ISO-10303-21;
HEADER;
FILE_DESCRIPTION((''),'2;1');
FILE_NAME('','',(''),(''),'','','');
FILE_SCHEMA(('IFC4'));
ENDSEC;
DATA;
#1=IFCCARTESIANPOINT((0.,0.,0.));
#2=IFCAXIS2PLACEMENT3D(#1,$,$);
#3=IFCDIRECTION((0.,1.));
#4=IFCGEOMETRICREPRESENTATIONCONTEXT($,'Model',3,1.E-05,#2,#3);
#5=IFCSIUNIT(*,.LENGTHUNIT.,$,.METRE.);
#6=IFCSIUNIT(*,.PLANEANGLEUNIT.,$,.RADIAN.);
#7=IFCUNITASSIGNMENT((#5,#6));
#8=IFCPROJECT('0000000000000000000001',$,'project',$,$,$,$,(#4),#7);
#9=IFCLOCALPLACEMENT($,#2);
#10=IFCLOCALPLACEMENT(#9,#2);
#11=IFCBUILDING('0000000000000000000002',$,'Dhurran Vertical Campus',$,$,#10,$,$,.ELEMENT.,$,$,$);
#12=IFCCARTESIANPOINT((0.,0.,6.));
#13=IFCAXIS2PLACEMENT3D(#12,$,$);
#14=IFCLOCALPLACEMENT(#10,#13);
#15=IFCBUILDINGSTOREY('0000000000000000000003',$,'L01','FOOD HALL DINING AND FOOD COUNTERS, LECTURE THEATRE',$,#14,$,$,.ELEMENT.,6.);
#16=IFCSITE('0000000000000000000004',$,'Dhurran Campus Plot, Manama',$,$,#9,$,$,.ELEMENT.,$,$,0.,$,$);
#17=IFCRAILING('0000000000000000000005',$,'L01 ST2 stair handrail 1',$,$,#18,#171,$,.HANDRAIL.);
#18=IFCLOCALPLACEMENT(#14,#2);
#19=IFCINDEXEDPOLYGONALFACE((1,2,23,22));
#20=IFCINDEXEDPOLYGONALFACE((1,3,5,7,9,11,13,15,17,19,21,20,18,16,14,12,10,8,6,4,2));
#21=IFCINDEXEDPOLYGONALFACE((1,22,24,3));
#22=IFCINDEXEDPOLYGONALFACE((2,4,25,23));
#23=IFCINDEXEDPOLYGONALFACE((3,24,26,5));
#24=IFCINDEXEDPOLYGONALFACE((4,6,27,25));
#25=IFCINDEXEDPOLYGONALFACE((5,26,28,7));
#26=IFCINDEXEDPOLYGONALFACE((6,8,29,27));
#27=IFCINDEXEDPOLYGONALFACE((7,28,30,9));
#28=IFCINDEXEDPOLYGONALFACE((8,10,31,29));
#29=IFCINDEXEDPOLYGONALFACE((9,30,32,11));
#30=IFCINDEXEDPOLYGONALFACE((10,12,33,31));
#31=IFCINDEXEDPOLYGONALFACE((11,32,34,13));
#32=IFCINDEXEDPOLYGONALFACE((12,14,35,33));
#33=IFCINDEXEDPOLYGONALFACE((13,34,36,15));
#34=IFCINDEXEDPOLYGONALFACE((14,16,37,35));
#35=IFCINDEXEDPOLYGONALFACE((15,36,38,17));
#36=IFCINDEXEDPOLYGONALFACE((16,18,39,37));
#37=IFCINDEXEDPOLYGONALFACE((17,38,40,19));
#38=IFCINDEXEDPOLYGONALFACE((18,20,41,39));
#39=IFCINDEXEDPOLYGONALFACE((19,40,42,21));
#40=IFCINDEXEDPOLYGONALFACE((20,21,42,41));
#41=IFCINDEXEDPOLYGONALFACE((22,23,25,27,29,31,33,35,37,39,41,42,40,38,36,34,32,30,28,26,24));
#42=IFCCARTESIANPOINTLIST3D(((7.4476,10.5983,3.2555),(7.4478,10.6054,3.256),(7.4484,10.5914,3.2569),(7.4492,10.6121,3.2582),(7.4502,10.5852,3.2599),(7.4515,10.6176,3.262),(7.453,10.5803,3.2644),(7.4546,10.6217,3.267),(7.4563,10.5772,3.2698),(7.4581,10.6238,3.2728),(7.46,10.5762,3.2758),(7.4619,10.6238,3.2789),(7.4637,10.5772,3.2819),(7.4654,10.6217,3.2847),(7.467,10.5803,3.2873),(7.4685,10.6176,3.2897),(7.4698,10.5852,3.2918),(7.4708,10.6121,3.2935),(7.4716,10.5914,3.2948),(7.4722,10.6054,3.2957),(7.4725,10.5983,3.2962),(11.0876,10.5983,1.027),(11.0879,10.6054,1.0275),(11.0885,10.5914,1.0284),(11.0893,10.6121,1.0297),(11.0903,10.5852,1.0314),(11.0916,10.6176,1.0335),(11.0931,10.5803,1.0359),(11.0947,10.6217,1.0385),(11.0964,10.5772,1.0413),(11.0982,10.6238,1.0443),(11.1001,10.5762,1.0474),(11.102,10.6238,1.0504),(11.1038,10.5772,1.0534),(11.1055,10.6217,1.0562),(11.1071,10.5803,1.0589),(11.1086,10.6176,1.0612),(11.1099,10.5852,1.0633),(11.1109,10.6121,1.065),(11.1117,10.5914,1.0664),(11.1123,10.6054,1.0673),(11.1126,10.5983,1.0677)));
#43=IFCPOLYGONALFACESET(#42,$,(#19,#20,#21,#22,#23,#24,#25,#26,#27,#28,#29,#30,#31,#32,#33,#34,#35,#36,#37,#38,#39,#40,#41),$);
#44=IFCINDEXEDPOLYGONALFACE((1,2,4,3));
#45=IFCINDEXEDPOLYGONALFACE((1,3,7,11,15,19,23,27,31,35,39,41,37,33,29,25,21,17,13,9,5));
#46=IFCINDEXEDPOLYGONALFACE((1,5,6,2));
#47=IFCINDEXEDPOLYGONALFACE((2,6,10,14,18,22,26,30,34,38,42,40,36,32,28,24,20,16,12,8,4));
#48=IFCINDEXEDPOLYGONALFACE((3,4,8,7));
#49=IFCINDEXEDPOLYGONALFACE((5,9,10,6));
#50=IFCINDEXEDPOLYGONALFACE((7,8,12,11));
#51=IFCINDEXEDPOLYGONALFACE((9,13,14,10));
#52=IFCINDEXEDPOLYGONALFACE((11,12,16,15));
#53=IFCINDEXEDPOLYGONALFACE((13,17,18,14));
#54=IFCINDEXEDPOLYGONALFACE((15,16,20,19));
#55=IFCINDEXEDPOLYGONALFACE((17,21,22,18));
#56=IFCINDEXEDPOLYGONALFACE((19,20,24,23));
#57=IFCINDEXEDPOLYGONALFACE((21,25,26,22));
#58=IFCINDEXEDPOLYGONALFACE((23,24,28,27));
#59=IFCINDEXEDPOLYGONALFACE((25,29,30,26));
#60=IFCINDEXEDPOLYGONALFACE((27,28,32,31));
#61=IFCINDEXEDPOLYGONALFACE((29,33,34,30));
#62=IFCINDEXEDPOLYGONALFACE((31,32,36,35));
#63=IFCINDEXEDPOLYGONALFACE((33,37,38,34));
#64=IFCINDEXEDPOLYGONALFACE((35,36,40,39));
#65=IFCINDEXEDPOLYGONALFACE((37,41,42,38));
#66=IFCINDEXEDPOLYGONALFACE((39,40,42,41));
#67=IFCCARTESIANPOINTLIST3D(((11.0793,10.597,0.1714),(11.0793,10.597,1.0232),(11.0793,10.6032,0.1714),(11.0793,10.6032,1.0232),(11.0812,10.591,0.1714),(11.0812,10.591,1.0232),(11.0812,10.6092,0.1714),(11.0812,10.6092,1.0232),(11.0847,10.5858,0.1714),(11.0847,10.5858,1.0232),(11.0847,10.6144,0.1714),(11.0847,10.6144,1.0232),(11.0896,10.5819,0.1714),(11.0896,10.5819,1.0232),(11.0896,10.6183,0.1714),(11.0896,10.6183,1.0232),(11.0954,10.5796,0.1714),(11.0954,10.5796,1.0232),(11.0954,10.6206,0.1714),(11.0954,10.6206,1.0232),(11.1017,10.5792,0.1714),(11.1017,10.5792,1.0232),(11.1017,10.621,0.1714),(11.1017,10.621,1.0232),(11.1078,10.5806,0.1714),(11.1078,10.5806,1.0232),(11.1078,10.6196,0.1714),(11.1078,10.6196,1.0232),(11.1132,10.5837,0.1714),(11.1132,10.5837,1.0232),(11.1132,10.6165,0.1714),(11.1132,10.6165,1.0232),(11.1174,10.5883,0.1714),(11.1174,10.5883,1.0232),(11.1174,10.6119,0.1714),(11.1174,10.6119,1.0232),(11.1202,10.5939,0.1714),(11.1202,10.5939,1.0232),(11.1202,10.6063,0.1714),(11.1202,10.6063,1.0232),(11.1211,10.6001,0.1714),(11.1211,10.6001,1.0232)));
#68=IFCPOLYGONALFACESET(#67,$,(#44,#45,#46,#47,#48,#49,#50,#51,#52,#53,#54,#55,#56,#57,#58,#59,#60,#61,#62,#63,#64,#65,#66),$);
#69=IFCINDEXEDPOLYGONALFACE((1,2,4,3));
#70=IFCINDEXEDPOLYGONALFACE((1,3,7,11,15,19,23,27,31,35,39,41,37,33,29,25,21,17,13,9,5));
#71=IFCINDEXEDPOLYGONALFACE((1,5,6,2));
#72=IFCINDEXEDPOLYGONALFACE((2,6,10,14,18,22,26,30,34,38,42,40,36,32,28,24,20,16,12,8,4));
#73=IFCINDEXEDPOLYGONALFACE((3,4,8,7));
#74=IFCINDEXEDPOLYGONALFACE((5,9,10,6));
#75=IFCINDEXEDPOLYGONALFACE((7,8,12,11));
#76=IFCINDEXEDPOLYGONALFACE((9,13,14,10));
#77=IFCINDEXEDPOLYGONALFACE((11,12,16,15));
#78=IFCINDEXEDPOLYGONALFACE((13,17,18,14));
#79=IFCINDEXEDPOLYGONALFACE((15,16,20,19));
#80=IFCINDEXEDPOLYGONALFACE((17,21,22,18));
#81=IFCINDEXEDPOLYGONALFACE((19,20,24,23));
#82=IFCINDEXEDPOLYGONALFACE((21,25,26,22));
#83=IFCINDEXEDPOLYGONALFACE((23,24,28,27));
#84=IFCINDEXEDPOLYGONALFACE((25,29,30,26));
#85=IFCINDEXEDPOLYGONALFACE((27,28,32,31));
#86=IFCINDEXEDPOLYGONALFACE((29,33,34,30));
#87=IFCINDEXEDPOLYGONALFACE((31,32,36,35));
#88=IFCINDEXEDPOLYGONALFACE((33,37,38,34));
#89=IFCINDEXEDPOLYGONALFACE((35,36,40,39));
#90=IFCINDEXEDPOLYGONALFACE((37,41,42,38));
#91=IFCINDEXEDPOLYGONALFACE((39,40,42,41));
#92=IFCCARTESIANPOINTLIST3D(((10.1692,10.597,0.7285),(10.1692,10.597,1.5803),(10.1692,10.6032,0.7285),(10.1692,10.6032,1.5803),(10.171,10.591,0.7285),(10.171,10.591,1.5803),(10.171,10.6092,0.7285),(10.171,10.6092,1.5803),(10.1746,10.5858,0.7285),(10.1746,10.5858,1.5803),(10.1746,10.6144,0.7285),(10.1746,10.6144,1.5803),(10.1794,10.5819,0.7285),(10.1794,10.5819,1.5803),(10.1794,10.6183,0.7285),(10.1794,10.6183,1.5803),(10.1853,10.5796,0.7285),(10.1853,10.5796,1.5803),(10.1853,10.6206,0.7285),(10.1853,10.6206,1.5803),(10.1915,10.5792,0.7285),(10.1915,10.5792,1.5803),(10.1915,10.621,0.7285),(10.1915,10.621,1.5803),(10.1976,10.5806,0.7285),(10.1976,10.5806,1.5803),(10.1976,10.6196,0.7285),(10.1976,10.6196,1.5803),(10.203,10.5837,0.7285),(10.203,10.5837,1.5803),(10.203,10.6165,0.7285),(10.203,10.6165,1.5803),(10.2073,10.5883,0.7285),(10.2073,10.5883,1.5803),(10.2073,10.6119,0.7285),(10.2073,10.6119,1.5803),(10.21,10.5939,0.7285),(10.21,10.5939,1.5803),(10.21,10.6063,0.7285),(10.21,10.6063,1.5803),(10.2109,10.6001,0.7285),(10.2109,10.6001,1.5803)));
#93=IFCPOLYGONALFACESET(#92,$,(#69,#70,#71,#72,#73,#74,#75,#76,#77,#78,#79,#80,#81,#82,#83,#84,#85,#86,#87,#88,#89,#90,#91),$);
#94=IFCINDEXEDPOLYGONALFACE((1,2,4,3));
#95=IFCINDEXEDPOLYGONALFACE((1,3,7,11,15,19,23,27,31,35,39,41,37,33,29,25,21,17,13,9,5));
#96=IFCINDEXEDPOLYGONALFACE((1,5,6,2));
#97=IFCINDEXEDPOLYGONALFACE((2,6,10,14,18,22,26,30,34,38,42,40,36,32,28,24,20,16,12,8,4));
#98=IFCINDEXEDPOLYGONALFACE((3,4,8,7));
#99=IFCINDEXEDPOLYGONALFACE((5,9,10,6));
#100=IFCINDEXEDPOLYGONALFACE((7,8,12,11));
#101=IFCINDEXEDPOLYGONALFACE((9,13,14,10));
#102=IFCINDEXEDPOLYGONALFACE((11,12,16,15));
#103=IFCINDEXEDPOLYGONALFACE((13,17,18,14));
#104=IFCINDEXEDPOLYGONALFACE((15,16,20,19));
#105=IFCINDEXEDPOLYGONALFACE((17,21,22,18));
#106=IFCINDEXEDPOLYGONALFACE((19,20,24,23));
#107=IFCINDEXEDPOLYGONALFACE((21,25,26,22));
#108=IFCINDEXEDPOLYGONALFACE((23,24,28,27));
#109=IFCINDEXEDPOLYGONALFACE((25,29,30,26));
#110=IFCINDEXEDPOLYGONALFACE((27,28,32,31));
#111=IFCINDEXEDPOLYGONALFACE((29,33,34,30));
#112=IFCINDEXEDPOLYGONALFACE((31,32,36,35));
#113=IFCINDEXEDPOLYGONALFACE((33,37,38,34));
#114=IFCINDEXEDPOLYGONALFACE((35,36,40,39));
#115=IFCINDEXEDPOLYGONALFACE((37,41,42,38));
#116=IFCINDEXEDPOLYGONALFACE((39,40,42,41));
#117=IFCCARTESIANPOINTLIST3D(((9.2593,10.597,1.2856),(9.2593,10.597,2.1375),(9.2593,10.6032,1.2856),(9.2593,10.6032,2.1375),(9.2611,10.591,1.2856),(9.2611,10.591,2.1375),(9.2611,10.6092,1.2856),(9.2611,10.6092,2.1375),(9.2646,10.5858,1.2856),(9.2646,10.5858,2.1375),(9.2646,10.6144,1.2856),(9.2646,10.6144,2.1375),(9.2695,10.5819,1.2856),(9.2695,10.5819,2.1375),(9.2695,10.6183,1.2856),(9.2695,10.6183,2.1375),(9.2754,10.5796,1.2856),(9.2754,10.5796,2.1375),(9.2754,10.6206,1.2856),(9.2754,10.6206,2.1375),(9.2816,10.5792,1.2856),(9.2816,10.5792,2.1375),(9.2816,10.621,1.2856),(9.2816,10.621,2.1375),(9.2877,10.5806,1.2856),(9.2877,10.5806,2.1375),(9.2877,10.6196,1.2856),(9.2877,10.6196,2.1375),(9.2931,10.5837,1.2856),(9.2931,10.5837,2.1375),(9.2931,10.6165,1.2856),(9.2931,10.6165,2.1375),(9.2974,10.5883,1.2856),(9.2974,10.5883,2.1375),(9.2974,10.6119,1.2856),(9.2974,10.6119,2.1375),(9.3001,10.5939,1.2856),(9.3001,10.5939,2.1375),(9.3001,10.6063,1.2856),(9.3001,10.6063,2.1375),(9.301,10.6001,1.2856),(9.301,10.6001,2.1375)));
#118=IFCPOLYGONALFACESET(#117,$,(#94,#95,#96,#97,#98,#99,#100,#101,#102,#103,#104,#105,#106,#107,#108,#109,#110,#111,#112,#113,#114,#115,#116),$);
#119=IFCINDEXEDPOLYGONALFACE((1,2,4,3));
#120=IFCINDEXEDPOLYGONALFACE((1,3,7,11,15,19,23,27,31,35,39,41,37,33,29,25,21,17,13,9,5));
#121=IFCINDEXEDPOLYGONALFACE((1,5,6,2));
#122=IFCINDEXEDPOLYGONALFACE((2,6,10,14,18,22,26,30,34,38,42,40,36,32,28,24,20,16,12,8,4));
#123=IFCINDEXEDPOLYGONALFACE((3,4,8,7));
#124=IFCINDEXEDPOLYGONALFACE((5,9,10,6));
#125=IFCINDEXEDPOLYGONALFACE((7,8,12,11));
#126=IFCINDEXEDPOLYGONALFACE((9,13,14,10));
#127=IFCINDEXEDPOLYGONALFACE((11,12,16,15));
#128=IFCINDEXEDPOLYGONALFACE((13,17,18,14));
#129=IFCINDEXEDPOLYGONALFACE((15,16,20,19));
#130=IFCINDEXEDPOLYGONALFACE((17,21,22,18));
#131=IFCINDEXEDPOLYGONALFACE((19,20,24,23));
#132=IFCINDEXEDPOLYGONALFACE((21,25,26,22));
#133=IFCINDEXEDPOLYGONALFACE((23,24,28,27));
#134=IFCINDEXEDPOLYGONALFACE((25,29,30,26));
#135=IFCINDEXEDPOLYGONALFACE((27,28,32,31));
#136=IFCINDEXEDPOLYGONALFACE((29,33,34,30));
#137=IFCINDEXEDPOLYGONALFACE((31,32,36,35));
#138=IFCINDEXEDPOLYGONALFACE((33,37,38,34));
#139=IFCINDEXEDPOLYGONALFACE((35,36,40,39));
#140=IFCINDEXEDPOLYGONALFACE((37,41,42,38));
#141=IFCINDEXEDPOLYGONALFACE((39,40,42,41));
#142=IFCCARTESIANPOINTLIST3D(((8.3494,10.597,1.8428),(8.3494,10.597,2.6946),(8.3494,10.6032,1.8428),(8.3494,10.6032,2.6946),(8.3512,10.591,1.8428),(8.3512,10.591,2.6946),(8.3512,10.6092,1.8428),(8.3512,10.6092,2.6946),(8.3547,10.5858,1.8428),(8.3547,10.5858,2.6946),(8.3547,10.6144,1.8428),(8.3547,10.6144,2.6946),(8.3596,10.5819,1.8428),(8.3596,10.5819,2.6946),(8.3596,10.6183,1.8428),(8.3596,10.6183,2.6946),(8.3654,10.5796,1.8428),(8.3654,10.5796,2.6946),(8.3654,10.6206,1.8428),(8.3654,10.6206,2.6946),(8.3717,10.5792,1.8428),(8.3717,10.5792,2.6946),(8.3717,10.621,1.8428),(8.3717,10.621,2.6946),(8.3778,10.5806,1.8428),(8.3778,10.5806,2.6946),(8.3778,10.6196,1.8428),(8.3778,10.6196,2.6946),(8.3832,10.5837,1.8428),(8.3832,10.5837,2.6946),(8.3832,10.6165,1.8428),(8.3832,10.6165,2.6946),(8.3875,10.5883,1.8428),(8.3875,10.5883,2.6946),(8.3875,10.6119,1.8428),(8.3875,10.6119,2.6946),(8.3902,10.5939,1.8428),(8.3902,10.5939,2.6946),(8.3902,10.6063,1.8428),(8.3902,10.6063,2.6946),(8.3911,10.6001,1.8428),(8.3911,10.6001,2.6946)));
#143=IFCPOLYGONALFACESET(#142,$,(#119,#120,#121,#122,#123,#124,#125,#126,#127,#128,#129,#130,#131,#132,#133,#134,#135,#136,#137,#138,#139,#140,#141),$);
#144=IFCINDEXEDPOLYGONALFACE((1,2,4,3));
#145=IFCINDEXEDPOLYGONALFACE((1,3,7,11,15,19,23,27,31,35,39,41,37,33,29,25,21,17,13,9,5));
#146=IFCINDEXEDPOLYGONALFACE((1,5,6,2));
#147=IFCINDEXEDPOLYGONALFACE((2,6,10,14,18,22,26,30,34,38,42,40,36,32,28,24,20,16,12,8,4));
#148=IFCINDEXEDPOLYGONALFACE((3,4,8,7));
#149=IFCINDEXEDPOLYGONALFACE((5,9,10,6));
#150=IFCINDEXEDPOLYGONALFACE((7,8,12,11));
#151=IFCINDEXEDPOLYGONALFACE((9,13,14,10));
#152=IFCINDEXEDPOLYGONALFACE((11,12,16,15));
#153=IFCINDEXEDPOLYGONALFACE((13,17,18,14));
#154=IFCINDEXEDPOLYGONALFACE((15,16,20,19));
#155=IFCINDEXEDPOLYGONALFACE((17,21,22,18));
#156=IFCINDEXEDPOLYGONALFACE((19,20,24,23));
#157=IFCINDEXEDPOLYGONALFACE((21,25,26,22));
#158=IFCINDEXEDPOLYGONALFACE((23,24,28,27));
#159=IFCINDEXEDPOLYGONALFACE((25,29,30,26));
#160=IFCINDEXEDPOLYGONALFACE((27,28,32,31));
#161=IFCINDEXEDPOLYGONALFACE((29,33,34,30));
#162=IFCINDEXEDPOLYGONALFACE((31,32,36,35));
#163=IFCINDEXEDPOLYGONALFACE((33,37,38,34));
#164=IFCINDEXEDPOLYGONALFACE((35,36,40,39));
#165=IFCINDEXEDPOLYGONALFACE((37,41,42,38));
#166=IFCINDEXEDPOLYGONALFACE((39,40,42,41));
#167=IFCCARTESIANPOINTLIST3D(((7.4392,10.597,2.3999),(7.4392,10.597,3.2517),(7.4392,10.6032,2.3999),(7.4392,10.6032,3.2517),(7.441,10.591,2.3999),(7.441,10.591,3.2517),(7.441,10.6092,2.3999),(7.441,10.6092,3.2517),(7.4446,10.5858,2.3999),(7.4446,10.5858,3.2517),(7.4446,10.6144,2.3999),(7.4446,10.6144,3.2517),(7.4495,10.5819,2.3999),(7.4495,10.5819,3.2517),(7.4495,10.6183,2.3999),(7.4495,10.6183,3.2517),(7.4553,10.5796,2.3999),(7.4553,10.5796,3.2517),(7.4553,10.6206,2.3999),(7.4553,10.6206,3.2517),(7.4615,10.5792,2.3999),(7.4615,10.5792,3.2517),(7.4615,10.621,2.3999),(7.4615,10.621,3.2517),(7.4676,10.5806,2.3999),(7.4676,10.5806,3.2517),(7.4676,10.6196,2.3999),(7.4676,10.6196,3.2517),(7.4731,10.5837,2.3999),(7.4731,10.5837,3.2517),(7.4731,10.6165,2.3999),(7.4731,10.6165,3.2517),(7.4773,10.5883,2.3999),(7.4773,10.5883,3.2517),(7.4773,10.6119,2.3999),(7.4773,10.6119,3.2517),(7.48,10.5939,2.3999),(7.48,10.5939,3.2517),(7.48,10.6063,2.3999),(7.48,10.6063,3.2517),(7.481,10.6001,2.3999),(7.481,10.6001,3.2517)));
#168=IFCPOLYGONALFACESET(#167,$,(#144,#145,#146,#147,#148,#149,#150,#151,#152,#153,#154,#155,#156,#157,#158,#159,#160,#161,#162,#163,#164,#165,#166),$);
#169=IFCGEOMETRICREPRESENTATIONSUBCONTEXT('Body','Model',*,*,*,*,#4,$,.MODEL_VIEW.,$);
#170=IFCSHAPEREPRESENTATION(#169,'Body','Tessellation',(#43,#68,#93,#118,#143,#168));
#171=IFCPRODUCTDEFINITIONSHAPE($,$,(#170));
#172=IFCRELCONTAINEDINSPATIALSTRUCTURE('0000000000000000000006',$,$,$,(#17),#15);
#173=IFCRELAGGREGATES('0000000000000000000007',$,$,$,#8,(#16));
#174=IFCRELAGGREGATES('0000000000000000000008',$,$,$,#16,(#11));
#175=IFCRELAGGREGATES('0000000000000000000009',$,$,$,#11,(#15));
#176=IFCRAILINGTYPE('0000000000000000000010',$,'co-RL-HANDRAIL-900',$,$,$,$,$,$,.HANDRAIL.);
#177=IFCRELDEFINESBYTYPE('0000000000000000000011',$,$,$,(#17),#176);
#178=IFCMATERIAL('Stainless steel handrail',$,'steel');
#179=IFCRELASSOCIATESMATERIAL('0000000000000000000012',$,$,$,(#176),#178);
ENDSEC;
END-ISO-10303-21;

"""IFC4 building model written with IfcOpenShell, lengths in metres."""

from ifc_helpers import new_model, si_unit, direction, frame, origin, origin_2d, place, context, subcontext, project, spatial, circle, extrude, material, type_object, element, save


model = new_model("IFC4")

# Units and contexts
model_context = context("Model", 3, precision=1e-05, world=origin(), true_north=direction((0.0, 1.0)))
body_context = subcontext(model_context, "Body", "Model", "MODEL_VIEW")
ifc_project = project(units=[si_unit("LENGTHUNIT", "METRE"), si_unit("PLANEANGLEUNIT", "RADIAN")], contexts=[model_context])

# Site, building, storey
site_placement = place(None, origin())
site = spatial("IfcSite", under=ifc_project, at=site_placement, Name="Dhurran Campus Plot, Manama", CompositionType="ELEMENT", RefElevation=0.0)
building_placement = place(site_placement, origin())
building = spatial("IfcBuilding", under=site, at=building_placement, Name="Dhurran Vertical Campus", CompositionType="ELEMENT")
storey_placement = place(building_placement, frame((0.0, 0.0, 6.0)))
storey = spatial("IfcBuildingStorey", under=building, at=storey_placement, Name="L01", Description="FOOD HALL DINING AND FOOD COUNTERS, LECTURE THEATRE", CompositionType="ELEMENT", Elevation=6.0)

# Railing
ifc_material_1 = material(Name="Stainless steel handrail", Category="steel")
railing_type_1 = type_object("IfcRailingType", Name="co-RL-HANDRAIL-900", PredefinedType="HANDRAIL", material=ifc_material_1)
railing_1_placement = place(storey_placement, frame((11.1001, 10.6001, 0.1714)))
element("IfcRailing", 1, at=railing_1_placement, inside=storey, type_object=railing_type_1, Name="L01 ST2 stair handrail 1", PredefinedType="HANDRAIL", context=body_context, shape_type="SweptSolid", body=[
    extrude(circle(Radius=0.0239, at=origin_2d()), frame((0.0, 0.0, 0.876), z_axis=(-0.852866, 0.0, 0.52213), x_axis=(0.0, -1.0, 0.0)), (0.0, 0.0, 1.0), 4.2681),
    extrude(circle(Radius=0.021, at=origin_2d()), origin(), (0.0, 0.0, 1.0), 0.8518),
    extrude(circle(Radius=0.021, at=origin_2d()), frame((-0.9102, 0.0, 0.5571)), (0.0, 0.0, 1.0), 0.8518),
    extrude(circle(Radius=0.021, at=origin_2d()), frame((-1.8201, 0.0, 1.1143)), (0.0, 0.0, 1.0), 0.8518),
    extrude(circle(Radius=0.021, at=origin_2d()), frame((-2.73, 0.0, 1.6714)), (0.0, 0.0, 1.0), 0.8518),
    extrude(circle(Radius=0.021, at=origin_2d()), frame((-3.6401, 0.0, 2.2285)), (0.0, 0.0, 1.0), 0.8518),
])

save(model, "model.ifc")
